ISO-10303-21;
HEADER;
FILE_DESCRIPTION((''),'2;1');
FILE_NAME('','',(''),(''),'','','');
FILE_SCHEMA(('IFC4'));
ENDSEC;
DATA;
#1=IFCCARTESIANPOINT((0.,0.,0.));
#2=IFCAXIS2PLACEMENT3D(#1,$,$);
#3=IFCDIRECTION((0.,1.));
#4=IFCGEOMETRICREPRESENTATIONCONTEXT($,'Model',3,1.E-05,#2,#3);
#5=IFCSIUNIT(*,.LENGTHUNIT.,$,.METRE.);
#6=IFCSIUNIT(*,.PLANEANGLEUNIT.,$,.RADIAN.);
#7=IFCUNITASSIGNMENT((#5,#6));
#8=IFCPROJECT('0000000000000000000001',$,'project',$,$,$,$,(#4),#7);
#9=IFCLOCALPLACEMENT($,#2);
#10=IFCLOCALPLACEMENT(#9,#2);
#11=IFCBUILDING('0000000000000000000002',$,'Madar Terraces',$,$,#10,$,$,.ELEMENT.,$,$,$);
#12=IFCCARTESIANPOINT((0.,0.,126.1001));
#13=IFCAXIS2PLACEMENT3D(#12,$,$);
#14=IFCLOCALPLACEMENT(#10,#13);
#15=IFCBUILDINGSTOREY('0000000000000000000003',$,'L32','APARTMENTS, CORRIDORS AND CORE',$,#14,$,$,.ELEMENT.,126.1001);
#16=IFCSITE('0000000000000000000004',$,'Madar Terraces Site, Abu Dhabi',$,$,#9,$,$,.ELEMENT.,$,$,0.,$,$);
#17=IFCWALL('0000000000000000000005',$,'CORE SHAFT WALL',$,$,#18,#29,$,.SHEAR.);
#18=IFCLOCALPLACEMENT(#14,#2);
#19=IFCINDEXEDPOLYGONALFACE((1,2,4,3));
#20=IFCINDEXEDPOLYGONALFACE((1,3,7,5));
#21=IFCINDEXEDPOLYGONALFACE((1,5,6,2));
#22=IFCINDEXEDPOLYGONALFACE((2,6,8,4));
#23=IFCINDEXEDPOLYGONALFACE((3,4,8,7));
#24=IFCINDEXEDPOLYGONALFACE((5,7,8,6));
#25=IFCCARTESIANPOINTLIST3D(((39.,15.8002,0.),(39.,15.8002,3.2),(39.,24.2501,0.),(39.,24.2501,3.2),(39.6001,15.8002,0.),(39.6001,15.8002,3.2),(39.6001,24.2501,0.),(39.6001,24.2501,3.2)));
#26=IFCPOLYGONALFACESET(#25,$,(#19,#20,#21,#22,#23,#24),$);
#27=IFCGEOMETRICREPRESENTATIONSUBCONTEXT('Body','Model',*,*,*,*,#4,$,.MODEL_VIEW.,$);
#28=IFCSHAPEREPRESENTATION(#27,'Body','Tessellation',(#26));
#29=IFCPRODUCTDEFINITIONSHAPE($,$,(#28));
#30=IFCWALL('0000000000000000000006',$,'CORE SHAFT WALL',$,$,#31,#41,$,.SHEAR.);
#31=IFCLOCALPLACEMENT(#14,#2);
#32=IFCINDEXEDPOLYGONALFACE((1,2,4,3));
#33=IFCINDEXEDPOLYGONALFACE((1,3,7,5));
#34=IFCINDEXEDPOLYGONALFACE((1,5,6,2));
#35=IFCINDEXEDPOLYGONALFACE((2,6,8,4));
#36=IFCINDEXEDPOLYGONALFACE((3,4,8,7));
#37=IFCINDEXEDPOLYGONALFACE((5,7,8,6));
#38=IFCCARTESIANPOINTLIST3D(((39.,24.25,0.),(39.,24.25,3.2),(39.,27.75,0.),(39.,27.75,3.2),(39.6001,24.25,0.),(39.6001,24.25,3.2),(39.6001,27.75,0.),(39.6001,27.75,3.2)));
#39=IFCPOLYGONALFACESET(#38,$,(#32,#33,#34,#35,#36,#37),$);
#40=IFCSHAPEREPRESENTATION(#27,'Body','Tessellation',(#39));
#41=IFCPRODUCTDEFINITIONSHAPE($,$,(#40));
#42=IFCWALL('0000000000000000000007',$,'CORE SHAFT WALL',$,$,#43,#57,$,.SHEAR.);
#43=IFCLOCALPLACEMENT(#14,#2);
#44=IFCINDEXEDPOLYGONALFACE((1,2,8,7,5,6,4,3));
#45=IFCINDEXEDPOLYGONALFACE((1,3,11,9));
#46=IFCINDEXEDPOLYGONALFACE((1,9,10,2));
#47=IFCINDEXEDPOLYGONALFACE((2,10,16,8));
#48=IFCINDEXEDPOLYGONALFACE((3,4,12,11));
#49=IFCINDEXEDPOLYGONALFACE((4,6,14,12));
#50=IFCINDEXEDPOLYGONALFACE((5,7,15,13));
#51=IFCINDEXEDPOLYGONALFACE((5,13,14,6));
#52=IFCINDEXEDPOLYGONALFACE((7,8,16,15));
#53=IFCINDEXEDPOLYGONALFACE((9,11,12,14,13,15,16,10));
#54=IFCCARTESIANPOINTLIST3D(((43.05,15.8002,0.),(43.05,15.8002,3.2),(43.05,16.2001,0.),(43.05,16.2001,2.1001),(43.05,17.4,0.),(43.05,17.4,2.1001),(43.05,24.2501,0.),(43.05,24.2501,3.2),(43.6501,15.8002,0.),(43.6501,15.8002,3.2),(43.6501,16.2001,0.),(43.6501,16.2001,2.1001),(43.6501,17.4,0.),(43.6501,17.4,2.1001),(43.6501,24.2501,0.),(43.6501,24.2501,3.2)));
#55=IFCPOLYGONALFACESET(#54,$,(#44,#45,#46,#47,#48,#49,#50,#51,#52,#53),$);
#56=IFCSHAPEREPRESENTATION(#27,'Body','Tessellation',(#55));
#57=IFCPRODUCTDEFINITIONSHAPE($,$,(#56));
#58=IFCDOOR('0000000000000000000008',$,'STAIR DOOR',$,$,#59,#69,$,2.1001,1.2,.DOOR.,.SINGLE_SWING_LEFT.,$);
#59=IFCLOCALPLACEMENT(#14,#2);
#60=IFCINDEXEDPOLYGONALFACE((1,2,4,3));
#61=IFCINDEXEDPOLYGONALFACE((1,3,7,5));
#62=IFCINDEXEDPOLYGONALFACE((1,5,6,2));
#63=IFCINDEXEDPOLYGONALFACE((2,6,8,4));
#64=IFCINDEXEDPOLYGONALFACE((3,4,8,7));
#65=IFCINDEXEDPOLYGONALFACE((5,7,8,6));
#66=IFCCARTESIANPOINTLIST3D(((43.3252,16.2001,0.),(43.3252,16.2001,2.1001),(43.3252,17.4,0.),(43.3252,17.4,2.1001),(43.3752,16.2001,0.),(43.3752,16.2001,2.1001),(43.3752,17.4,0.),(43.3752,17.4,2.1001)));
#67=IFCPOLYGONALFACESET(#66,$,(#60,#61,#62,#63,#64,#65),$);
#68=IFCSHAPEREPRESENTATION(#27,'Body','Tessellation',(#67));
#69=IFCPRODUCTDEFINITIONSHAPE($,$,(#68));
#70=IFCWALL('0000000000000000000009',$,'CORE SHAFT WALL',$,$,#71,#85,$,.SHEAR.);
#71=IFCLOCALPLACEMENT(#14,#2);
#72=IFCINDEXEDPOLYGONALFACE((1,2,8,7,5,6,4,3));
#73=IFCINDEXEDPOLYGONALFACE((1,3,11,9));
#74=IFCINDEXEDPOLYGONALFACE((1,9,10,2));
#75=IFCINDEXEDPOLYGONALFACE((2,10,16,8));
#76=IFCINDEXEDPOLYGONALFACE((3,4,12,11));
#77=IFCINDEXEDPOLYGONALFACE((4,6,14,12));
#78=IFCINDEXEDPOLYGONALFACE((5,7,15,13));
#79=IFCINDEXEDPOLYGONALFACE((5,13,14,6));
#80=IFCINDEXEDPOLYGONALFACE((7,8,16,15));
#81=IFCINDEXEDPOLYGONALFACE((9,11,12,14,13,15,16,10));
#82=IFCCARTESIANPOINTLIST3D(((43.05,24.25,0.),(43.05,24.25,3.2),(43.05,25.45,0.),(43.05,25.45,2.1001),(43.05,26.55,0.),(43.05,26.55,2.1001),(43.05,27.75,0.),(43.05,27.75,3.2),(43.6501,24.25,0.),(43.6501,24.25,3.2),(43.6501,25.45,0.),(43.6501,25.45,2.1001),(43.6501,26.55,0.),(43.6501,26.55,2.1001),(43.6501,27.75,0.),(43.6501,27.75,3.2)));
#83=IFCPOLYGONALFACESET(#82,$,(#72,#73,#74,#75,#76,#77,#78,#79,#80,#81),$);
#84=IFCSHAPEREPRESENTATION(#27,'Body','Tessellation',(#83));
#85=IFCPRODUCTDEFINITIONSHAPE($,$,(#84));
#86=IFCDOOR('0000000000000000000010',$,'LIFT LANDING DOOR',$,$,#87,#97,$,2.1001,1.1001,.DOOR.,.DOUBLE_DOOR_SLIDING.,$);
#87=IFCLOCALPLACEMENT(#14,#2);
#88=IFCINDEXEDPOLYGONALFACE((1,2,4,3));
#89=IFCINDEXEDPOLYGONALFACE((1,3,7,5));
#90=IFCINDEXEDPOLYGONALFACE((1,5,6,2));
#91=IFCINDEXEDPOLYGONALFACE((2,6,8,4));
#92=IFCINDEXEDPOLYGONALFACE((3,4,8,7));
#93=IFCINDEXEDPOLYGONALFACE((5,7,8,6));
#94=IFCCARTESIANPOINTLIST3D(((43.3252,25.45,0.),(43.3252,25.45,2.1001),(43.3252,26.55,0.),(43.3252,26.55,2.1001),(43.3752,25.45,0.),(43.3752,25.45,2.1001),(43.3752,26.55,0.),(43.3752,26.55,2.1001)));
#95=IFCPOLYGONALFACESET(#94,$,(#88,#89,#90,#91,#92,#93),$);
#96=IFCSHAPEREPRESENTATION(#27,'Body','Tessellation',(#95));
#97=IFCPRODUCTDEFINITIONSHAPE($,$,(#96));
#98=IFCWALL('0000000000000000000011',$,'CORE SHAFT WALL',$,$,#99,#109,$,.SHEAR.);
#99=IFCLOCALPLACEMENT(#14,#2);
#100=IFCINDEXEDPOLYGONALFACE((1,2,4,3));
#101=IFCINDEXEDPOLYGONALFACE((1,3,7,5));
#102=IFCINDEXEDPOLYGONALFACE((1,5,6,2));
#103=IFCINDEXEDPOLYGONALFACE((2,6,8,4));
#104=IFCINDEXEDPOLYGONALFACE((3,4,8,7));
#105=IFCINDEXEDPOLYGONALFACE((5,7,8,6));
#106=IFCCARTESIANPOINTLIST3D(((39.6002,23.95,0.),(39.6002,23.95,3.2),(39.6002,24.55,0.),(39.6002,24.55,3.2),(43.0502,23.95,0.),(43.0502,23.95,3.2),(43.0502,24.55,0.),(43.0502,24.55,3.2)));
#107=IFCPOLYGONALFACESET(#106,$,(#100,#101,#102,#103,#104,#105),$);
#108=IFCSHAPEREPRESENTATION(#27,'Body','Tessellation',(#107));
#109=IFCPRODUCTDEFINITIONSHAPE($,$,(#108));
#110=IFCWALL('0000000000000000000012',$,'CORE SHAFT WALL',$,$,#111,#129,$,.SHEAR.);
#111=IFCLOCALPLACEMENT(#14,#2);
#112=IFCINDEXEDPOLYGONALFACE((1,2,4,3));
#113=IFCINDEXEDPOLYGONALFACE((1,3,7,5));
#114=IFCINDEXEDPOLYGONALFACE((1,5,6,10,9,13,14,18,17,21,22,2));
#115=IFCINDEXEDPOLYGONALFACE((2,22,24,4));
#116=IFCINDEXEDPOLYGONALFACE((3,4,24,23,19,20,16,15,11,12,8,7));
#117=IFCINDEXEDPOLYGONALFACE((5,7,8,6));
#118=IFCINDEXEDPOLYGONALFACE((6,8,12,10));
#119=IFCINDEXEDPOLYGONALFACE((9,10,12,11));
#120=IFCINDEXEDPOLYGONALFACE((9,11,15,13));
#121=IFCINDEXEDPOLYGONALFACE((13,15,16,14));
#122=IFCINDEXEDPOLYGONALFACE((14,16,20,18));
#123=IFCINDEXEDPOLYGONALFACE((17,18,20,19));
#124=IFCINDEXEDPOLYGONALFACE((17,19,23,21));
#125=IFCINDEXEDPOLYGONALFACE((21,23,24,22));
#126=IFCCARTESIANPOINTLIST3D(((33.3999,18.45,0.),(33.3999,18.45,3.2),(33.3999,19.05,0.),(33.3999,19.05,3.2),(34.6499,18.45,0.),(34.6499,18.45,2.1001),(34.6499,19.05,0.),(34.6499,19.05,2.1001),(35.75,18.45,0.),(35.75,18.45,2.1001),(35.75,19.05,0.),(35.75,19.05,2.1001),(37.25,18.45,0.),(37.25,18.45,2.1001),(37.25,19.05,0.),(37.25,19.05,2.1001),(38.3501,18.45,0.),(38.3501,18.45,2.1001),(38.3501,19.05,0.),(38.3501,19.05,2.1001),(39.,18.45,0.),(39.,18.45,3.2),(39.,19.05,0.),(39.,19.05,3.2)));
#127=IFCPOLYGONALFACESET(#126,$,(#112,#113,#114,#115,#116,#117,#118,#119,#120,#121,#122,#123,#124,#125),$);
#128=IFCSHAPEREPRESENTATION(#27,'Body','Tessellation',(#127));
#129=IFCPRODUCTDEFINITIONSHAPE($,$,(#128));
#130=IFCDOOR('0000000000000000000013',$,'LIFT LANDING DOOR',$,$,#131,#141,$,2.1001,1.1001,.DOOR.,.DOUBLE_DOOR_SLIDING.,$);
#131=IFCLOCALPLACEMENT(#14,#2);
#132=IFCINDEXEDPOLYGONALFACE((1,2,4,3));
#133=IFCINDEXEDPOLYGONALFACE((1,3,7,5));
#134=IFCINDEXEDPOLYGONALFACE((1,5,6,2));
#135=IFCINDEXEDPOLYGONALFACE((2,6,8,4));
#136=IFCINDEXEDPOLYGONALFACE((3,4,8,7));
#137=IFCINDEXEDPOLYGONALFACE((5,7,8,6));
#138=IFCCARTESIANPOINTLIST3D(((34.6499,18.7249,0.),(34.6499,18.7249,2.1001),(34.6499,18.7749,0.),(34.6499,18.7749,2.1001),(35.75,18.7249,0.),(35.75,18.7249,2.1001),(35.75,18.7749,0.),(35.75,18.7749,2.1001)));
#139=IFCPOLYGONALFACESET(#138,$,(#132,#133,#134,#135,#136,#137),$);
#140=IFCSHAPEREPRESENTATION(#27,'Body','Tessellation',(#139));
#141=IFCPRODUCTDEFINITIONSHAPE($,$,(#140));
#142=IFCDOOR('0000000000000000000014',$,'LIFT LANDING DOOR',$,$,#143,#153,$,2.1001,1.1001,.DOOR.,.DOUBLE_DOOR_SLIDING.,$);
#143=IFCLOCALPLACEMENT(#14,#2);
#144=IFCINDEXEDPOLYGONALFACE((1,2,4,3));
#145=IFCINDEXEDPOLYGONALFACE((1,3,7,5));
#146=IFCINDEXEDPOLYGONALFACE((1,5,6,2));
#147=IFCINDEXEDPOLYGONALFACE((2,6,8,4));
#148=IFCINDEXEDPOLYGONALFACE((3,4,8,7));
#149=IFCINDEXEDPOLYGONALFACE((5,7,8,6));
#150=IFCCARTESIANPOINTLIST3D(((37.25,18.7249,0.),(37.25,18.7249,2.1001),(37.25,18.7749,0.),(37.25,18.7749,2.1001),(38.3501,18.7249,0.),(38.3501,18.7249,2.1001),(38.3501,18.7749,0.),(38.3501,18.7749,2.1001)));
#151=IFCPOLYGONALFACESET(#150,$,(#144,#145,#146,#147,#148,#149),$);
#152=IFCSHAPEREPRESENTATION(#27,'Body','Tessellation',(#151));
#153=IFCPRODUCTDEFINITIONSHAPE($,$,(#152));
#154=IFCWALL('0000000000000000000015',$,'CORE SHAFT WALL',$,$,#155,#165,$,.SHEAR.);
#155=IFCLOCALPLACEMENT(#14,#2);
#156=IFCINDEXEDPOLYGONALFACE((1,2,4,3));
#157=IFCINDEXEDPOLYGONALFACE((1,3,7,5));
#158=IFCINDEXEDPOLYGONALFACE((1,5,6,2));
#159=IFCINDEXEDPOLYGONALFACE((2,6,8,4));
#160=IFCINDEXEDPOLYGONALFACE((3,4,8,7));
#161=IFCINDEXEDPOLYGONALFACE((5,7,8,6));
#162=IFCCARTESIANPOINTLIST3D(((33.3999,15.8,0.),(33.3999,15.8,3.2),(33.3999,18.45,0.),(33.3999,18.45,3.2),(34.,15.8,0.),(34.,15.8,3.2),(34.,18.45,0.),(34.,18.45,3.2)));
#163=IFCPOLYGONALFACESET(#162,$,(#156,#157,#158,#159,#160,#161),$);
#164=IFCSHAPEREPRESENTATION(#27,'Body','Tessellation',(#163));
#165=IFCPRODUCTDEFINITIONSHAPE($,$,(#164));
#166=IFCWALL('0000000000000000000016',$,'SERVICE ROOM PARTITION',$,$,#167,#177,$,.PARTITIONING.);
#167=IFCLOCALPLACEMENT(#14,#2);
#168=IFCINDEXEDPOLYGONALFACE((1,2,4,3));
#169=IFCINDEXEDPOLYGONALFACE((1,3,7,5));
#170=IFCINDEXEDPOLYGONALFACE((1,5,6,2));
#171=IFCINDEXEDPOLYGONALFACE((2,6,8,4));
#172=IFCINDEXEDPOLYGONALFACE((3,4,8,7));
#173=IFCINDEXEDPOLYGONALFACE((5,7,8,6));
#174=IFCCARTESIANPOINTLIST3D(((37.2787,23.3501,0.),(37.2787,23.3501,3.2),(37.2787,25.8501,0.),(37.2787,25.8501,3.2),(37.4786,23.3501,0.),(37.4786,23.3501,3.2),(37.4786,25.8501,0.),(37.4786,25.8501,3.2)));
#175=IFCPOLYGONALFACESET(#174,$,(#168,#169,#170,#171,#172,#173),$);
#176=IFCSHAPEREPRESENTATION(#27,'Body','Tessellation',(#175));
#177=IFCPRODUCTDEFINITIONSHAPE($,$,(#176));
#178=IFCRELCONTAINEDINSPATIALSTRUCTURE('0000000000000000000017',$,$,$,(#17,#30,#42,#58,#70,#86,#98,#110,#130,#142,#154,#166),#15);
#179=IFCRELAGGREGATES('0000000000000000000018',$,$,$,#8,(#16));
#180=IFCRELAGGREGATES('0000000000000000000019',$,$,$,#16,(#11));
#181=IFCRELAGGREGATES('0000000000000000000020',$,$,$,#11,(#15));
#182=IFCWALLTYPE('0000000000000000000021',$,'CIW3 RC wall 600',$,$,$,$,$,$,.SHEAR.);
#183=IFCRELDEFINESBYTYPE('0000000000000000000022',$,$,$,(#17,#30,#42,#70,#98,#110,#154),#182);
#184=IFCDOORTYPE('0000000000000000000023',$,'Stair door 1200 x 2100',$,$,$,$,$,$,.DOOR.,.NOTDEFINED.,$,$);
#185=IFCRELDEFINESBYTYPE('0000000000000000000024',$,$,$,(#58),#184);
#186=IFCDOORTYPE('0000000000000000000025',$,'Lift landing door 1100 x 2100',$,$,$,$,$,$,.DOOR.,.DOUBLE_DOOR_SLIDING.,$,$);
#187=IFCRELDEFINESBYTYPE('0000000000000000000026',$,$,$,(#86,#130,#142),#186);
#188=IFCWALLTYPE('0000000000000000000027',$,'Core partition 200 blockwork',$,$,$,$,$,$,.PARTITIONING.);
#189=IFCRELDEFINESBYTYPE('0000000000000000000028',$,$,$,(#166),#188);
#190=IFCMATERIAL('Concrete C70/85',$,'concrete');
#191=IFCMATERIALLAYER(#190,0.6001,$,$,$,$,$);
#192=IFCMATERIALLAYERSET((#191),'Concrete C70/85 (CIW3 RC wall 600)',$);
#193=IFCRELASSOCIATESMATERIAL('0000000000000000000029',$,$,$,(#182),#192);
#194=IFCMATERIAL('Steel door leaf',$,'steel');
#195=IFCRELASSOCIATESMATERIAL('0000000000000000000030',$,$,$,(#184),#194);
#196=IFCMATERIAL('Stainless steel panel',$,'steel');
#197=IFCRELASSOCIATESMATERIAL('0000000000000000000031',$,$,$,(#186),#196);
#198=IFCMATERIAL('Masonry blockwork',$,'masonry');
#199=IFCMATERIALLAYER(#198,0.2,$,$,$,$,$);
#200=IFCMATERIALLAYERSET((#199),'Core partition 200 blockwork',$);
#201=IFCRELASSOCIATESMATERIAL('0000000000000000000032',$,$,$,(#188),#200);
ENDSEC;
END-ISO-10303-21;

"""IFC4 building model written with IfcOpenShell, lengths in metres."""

from ifc_helpers import new_model, si_unit, direction, frame, frame_2d, origin, place, context, subcontext, project, spatial, rectangle, extrude, material, layer, layer_set, type_object, element, fill, save


model = new_model("IFC4")

# Units and contexts
model_context = context("Model", 3, precision=1e-05, world=origin(), true_north=direction((0.0, 1.0)))
body_context = subcontext(model_context, "Body", "Model", "MODEL_VIEW")
ifc_project = project(units=[si_unit("LENGTHUNIT", "METRE"), si_unit("PLANEANGLEUNIT", "RADIAN")], contexts=[model_context])

# Site, building, storey
site_placement = place(None, origin())
site = spatial("IfcSite", under=ifc_project, at=site_placement, Name="Madar Terraces Site, Abu Dhabi", CompositionType="ELEMENT", RefElevation=0.0)
building_placement = place(site_placement, origin())
building = spatial("IfcBuilding", under=site, at=building_placement, Name="Madar Terraces", CompositionType="ELEMENT")
storey_placement = place(building_placement, frame((0.0, 0.0, 126.1001)))
storey = spatial("IfcBuildingStorey", under=building, at=storey_placement, Name="L32", Description="APARTMENTS, CORRIDORS AND CORE", CompositionType="ELEMENT", Elevation=126.1001)

# Walls
ifc_material_1 = material(Name="Concrete C70/85", Category="concrete")
ifc_layer_1 = layer(ifc_material_1, 0.6001)
ifc_layer_set_1 = layer_set([ifc_layer_1], Name="Concrete C70/85 (CIW3 RC wall 600)")
wall_type_1 = type_object("IfcWallType", Name="CIW3 RC wall 600", PredefinedType="SHEAR", material=ifc_layer_set_1)
wall_1_placement = place(storey_placement, frame((39.3, 15.8, 0.0), z_axis=(0.0, 0.0, 1.0), x_axis=(0.0, 1.0, 0.0)))
element("IfcWall", 1, at=wall_1_placement, inside=storey, type_object=wall_type_1, Name="CORE SHAFT WALL", PredefinedType="SHEAR", context=body_context, shape_type="SweptSolid", body=[
    extrude(rectangle(XDim=8.45, YDim=0.6001, at=frame_2d((4.2251, 0.0))), origin(), (0.0, 0.0, 1.0), 3.2),
])
wall_2_placement = place(storey_placement, frame((39.3, 24.25, 0.0), z_axis=(0.0, 0.0, 1.0), x_axis=(0.0, 1.0, 0.0)))
element("IfcWall", 2, at=wall_2_placement, inside=storey, type_object=wall_type_1, Name="CORE SHAFT WALL", PredefinedType="SHEAR", context=body_context, shape_type="SweptSolid", body=[
    extrude(rectangle(XDim=3.5, YDim=0.6001, at=frame_2d((1.75, 0.0))), origin(), (0.0, 0.0, 1.0), 3.2),
])

# Walls, openings, doors
wall_3_placement = place(storey_placement, frame((43.3501, 15.8, 0.0), z_axis=(0.0, 0.0, 1.0), x_axis=(0.0, 1.0, 0.0)))
wall_3 = element("IfcWall", 3, at=wall_3_placement, inside=storey, type_object=wall_type_1, Name="CORE SHAFT WALL", PredefinedType="SHEAR", context=body_context, shape_type="SweptSolid", body=[
    extrude(rectangle(XDim=8.45, YDim=0.6001, at=frame_2d((4.2251, 0.0))), origin(), (0.0, 0.0, 1.0), 3.2),
])
opening_1_placement = place(wall_3_placement, frame((0.3999, 0.0, 0.0)))
opening_1 = element("IfcOpeningElement", 4, at=opening_1_placement, cuts=wall_3, PredefinedType="OPENING", context=body_context, shape_type="SweptSolid", body=[
    extrude(rectangle(XDim=1.2, YDim=2.1001, at=frame_2d((0.6001, 1.05))), frame((0.0, 0.3101, 0.0), z_axis=(0.0, -1.0, 0.0), x_axis=(1.0, 0.0, 0.0)), (0.0, 0.0, 1.0), 0.6201),
])
ifc_material_2 = material(Name="Steel door leaf", Category="steel")
door_type_1 = type_object("IfcDoorType", Name="Stair door 1200 x 2100", OperationType="NOTDEFINED", PredefinedType="DOOR", material=ifc_material_2)
door_1_placement = place(opening_1_placement, origin())
door_1 = element("IfcDoor", 5, at=door_1_placement, inside=storey, type_object=door_type_1, Name="STAIR DOOR", OperationType="SINGLE_SWING_LEFT", OverallHeight=2.1001, OverallWidth=1.2, PredefinedType="DOOR", context=body_context, shape_type="SweptSolid", body=[
    extrude(rectangle(XDim=1.2, YDim=2.1001, at=frame_2d((0.6001, 1.05))), frame((0.0, 0.0249, 0.0), z_axis=(0.0, -1.0, 0.0), x_axis=(1.0, 0.0, 0.0)), (0.0, 0.0, 1.0), 0.05),
])
fill(opening_1, door_1)
wall_4_placement = place(storey_placement, frame((43.3501, 24.25, 0.0), z_axis=(0.0, 0.0, 1.0), x_axis=(0.0, 1.0, 0.0)))
wall_4 = element("IfcWall", 6, at=wall_4_placement, inside=storey, type_object=wall_type_1, Name="CORE SHAFT WALL", PredefinedType="SHEAR", context=body_context, shape_type="SweptSolid", body=[
    extrude(rectangle(XDim=3.5, YDim=0.6001, at=frame_2d((1.75, 0.0))), origin(), (0.0, 0.0, 1.0), 3.2),
])
opening_2_placement = place(wall_4_placement, frame((1.2, 0.0, 0.0)))
opening_2 = element("IfcOpeningElement", 7, at=opening_2_placement, cuts=wall_4, PredefinedType="OPENING", context=body_context, shape_type="SweptSolid", body=[
    extrude(rectangle(XDim=1.1001, YDim=2.1001, at=frame_2d((0.55, 1.05))), frame((0.0, 0.3101, 0.0), z_axis=(0.0, -1.0, 0.0), x_axis=(1.0, 0.0, 0.0)), (0.0, 0.0, 1.0), 0.6201),
])
ifc_material_3 = material(Name="Stainless steel panel", Category="steel")
door_type_2 = type_object("IfcDoorType", Name="Lift landing door 1100 x 2100", OperationType="DOUBLE_DOOR_SLIDING", PredefinedType="DOOR", material=ifc_material_3)
door_2_placement = place(opening_2_placement, origin())
door_2 = element("IfcDoor", 8, at=door_2_placement, inside=storey, type_object=door_type_2, Name="LIFT LANDING DOOR", OperationType="DOUBLE_DOOR_SLIDING", OverallHeight=2.1001, OverallWidth=1.1001, PredefinedType="DOOR", context=body_context, shape_type="SweptSolid", body=[
    extrude(rectangle(XDim=1.1001, YDim=2.1001, at=frame_2d((0.55, 1.05))), frame((0.0, 0.0249, 0.0), z_axis=(0.0, -1.0, 0.0), x_axis=(1.0, 0.0, 0.0)), (0.0, 0.0, 1.0), 0.05),
])
fill(opening_2, door_2)

# Wall
wall_5_placement = place(storey_placement, frame((39.6001, 24.25, 0.0), z_axis=(0.0, 0.0, 1.0), x_axis=(1.0, 0.0, 0.0)))
element("IfcWall", 9, at=wall_5_placement, inside=storey, type_object=wall_type_1, Name="CORE SHAFT WALL", PredefinedType="SHEAR", context=body_context, shape_type="SweptSolid", body=[
    extrude(rectangle(XDim=3.45, YDim=0.6001, at=frame_2d((1.7251, 0.0))), origin(), (0.0, 0.0, 1.0), 3.2),
])

# Wall, openings, doors
wall_6_placement = place(storey_placement, frame((33.3999, 18.75, 0.0), z_axis=(0.0, 0.0, 1.0), x_axis=(1.0, 0.0, 0.0)))
wall_6 = element("IfcWall", 10, at=wall_6_placement, inside=storey, type_object=wall_type_1, Name="CORE SHAFT WALL", PredefinedType="SHEAR", context=body_context, shape_type="SweptSolid", body=[
    extrude(rectangle(XDim=5.6001, YDim=0.6001, at=frame_2d((2.8, 0.0))), origin(), (0.0, 0.0, 1.0), 3.2),
])
opening_3_placement = place(wall_6_placement, frame((1.25, 0.0, 0.0)))
opening_3 = element("IfcOpeningElement", 11, at=opening_3_placement, cuts=wall_6, PredefinedType="OPENING", context=body_context, shape_type="SweptSolid", body=[
    extrude(rectangle(XDim=1.1001, YDim=2.1001, at=frame_2d((0.55, 1.05))), frame((0.0, 0.3101, 0.0), z_axis=(0.0, -1.0, 0.0), x_axis=(1.0, 0.0, 0.0)), (0.0, 0.0, 1.0), 0.6201),
])
opening_4_placement = place(wall_6_placement, frame((3.8501, 0.0, 0.0)))
opening_4 = element("IfcOpeningElement", 12, at=opening_4_placement, cuts=wall_6, PredefinedType="OPENING", context=body_context, shape_type="SweptSolid", body=[
    extrude(rectangle(XDim=1.1001, YDim=2.1001, at=frame_2d((0.55, 1.05))), frame((0.0, 0.3101, 0.0), z_axis=(0.0, -1.0, 0.0), x_axis=(1.0, 0.0, 0.0)), (0.0, 0.0, 1.0), 0.6201),
])
door_3_placement = place(opening_3_placement, origin())
door_3 = element("IfcDoor", 13, at=door_3_placement, inside=storey, type_object=door_type_2, Name="LIFT LANDING DOOR", OperationType="DOUBLE_DOOR_SLIDING", OverallHeight=2.1001, OverallWidth=1.1001, PredefinedType="DOOR", context=body_context, shape_type="SweptSolid", body=[
    extrude(rectangle(XDim=1.1001, YDim=2.1001, at=frame_2d((0.55, 1.05))), frame((0.0, 0.0249, 0.0), z_axis=(0.0, -1.0, 0.0), x_axis=(1.0, 0.0, 0.0)), (0.0, 0.0, 1.0), 0.05),
])
fill(opening_3, door_3)
door_4_placement = place(opening_4_placement, origin())
door_4 = element("IfcDoor", 14, at=door_4_placement, inside=storey, type_object=door_type_2, Name="LIFT LANDING DOOR", OperationType="DOUBLE_DOOR_SLIDING", OverallHeight=2.1001, OverallWidth=1.1001, PredefinedType="DOOR", context=body_context, shape_type="SweptSolid", body=[
    extrude(rectangle(XDim=1.1001, YDim=2.1001, at=frame_2d((0.55, 1.05))), frame((0.0, 0.0249, 0.0), z_axis=(0.0, -1.0, 0.0), x_axis=(1.0, 0.0, 0.0)), (0.0, 0.0, 1.0), 0.05),
])
fill(opening_4, door_4)

# Walls
wall_7_placement = place(storey_placement, frame((33.7, 15.8, 0.0), z_axis=(0.0, 0.0, 1.0), x_axis=(0.0, 1.0, 0.0)))
element("IfcWall", 15, at=wall_7_placement, inside=storey, type_object=wall_type_1, Name="CORE SHAFT WALL", PredefinedType="SHEAR", context=body_context, shape_type="SweptSolid", body=[
    extrude(rectangle(XDim=2.6499, YDim=0.6001, at=frame_2d((1.325, 0.0))), origin(), (0.0, 0.0, 1.0), 3.2),
])
ifc_material_4 = material(Name="Masonry blockwork", Category="masonry")
ifc_layer_2 = layer(ifc_material_4, 0.2)
ifc_layer_set_2 = layer_set([ifc_layer_2], Name="Core partition 200 blockwork")
wall_type_2 = type_object("IfcWallType", Name="Core partition 200 blockwork", PredefinedType="PARTITIONING", material=ifc_layer_set_2)
wall_8_placement = place(storey_placement, frame((37.3787, 23.3501, 0.0), z_axis=(0.0, 0.0, 1.0), x_axis=(0.0, 1.0, 0.0)))
element("IfcWall", 16, at=wall_8_placement, inside=storey, type_object=wall_type_2, Name="SERVICE ROOM PARTITION", PredefinedType="PARTITIONING", context=body_context, shape_type="SweptSolid", body=[
    extrude(rectangle(XDim=2.5, YDim=0.2, at=frame_2d((1.25, 0.0))), origin(), (0.0, 0.0, 1.0), 3.2),
])

save(model, "model.ifc")
